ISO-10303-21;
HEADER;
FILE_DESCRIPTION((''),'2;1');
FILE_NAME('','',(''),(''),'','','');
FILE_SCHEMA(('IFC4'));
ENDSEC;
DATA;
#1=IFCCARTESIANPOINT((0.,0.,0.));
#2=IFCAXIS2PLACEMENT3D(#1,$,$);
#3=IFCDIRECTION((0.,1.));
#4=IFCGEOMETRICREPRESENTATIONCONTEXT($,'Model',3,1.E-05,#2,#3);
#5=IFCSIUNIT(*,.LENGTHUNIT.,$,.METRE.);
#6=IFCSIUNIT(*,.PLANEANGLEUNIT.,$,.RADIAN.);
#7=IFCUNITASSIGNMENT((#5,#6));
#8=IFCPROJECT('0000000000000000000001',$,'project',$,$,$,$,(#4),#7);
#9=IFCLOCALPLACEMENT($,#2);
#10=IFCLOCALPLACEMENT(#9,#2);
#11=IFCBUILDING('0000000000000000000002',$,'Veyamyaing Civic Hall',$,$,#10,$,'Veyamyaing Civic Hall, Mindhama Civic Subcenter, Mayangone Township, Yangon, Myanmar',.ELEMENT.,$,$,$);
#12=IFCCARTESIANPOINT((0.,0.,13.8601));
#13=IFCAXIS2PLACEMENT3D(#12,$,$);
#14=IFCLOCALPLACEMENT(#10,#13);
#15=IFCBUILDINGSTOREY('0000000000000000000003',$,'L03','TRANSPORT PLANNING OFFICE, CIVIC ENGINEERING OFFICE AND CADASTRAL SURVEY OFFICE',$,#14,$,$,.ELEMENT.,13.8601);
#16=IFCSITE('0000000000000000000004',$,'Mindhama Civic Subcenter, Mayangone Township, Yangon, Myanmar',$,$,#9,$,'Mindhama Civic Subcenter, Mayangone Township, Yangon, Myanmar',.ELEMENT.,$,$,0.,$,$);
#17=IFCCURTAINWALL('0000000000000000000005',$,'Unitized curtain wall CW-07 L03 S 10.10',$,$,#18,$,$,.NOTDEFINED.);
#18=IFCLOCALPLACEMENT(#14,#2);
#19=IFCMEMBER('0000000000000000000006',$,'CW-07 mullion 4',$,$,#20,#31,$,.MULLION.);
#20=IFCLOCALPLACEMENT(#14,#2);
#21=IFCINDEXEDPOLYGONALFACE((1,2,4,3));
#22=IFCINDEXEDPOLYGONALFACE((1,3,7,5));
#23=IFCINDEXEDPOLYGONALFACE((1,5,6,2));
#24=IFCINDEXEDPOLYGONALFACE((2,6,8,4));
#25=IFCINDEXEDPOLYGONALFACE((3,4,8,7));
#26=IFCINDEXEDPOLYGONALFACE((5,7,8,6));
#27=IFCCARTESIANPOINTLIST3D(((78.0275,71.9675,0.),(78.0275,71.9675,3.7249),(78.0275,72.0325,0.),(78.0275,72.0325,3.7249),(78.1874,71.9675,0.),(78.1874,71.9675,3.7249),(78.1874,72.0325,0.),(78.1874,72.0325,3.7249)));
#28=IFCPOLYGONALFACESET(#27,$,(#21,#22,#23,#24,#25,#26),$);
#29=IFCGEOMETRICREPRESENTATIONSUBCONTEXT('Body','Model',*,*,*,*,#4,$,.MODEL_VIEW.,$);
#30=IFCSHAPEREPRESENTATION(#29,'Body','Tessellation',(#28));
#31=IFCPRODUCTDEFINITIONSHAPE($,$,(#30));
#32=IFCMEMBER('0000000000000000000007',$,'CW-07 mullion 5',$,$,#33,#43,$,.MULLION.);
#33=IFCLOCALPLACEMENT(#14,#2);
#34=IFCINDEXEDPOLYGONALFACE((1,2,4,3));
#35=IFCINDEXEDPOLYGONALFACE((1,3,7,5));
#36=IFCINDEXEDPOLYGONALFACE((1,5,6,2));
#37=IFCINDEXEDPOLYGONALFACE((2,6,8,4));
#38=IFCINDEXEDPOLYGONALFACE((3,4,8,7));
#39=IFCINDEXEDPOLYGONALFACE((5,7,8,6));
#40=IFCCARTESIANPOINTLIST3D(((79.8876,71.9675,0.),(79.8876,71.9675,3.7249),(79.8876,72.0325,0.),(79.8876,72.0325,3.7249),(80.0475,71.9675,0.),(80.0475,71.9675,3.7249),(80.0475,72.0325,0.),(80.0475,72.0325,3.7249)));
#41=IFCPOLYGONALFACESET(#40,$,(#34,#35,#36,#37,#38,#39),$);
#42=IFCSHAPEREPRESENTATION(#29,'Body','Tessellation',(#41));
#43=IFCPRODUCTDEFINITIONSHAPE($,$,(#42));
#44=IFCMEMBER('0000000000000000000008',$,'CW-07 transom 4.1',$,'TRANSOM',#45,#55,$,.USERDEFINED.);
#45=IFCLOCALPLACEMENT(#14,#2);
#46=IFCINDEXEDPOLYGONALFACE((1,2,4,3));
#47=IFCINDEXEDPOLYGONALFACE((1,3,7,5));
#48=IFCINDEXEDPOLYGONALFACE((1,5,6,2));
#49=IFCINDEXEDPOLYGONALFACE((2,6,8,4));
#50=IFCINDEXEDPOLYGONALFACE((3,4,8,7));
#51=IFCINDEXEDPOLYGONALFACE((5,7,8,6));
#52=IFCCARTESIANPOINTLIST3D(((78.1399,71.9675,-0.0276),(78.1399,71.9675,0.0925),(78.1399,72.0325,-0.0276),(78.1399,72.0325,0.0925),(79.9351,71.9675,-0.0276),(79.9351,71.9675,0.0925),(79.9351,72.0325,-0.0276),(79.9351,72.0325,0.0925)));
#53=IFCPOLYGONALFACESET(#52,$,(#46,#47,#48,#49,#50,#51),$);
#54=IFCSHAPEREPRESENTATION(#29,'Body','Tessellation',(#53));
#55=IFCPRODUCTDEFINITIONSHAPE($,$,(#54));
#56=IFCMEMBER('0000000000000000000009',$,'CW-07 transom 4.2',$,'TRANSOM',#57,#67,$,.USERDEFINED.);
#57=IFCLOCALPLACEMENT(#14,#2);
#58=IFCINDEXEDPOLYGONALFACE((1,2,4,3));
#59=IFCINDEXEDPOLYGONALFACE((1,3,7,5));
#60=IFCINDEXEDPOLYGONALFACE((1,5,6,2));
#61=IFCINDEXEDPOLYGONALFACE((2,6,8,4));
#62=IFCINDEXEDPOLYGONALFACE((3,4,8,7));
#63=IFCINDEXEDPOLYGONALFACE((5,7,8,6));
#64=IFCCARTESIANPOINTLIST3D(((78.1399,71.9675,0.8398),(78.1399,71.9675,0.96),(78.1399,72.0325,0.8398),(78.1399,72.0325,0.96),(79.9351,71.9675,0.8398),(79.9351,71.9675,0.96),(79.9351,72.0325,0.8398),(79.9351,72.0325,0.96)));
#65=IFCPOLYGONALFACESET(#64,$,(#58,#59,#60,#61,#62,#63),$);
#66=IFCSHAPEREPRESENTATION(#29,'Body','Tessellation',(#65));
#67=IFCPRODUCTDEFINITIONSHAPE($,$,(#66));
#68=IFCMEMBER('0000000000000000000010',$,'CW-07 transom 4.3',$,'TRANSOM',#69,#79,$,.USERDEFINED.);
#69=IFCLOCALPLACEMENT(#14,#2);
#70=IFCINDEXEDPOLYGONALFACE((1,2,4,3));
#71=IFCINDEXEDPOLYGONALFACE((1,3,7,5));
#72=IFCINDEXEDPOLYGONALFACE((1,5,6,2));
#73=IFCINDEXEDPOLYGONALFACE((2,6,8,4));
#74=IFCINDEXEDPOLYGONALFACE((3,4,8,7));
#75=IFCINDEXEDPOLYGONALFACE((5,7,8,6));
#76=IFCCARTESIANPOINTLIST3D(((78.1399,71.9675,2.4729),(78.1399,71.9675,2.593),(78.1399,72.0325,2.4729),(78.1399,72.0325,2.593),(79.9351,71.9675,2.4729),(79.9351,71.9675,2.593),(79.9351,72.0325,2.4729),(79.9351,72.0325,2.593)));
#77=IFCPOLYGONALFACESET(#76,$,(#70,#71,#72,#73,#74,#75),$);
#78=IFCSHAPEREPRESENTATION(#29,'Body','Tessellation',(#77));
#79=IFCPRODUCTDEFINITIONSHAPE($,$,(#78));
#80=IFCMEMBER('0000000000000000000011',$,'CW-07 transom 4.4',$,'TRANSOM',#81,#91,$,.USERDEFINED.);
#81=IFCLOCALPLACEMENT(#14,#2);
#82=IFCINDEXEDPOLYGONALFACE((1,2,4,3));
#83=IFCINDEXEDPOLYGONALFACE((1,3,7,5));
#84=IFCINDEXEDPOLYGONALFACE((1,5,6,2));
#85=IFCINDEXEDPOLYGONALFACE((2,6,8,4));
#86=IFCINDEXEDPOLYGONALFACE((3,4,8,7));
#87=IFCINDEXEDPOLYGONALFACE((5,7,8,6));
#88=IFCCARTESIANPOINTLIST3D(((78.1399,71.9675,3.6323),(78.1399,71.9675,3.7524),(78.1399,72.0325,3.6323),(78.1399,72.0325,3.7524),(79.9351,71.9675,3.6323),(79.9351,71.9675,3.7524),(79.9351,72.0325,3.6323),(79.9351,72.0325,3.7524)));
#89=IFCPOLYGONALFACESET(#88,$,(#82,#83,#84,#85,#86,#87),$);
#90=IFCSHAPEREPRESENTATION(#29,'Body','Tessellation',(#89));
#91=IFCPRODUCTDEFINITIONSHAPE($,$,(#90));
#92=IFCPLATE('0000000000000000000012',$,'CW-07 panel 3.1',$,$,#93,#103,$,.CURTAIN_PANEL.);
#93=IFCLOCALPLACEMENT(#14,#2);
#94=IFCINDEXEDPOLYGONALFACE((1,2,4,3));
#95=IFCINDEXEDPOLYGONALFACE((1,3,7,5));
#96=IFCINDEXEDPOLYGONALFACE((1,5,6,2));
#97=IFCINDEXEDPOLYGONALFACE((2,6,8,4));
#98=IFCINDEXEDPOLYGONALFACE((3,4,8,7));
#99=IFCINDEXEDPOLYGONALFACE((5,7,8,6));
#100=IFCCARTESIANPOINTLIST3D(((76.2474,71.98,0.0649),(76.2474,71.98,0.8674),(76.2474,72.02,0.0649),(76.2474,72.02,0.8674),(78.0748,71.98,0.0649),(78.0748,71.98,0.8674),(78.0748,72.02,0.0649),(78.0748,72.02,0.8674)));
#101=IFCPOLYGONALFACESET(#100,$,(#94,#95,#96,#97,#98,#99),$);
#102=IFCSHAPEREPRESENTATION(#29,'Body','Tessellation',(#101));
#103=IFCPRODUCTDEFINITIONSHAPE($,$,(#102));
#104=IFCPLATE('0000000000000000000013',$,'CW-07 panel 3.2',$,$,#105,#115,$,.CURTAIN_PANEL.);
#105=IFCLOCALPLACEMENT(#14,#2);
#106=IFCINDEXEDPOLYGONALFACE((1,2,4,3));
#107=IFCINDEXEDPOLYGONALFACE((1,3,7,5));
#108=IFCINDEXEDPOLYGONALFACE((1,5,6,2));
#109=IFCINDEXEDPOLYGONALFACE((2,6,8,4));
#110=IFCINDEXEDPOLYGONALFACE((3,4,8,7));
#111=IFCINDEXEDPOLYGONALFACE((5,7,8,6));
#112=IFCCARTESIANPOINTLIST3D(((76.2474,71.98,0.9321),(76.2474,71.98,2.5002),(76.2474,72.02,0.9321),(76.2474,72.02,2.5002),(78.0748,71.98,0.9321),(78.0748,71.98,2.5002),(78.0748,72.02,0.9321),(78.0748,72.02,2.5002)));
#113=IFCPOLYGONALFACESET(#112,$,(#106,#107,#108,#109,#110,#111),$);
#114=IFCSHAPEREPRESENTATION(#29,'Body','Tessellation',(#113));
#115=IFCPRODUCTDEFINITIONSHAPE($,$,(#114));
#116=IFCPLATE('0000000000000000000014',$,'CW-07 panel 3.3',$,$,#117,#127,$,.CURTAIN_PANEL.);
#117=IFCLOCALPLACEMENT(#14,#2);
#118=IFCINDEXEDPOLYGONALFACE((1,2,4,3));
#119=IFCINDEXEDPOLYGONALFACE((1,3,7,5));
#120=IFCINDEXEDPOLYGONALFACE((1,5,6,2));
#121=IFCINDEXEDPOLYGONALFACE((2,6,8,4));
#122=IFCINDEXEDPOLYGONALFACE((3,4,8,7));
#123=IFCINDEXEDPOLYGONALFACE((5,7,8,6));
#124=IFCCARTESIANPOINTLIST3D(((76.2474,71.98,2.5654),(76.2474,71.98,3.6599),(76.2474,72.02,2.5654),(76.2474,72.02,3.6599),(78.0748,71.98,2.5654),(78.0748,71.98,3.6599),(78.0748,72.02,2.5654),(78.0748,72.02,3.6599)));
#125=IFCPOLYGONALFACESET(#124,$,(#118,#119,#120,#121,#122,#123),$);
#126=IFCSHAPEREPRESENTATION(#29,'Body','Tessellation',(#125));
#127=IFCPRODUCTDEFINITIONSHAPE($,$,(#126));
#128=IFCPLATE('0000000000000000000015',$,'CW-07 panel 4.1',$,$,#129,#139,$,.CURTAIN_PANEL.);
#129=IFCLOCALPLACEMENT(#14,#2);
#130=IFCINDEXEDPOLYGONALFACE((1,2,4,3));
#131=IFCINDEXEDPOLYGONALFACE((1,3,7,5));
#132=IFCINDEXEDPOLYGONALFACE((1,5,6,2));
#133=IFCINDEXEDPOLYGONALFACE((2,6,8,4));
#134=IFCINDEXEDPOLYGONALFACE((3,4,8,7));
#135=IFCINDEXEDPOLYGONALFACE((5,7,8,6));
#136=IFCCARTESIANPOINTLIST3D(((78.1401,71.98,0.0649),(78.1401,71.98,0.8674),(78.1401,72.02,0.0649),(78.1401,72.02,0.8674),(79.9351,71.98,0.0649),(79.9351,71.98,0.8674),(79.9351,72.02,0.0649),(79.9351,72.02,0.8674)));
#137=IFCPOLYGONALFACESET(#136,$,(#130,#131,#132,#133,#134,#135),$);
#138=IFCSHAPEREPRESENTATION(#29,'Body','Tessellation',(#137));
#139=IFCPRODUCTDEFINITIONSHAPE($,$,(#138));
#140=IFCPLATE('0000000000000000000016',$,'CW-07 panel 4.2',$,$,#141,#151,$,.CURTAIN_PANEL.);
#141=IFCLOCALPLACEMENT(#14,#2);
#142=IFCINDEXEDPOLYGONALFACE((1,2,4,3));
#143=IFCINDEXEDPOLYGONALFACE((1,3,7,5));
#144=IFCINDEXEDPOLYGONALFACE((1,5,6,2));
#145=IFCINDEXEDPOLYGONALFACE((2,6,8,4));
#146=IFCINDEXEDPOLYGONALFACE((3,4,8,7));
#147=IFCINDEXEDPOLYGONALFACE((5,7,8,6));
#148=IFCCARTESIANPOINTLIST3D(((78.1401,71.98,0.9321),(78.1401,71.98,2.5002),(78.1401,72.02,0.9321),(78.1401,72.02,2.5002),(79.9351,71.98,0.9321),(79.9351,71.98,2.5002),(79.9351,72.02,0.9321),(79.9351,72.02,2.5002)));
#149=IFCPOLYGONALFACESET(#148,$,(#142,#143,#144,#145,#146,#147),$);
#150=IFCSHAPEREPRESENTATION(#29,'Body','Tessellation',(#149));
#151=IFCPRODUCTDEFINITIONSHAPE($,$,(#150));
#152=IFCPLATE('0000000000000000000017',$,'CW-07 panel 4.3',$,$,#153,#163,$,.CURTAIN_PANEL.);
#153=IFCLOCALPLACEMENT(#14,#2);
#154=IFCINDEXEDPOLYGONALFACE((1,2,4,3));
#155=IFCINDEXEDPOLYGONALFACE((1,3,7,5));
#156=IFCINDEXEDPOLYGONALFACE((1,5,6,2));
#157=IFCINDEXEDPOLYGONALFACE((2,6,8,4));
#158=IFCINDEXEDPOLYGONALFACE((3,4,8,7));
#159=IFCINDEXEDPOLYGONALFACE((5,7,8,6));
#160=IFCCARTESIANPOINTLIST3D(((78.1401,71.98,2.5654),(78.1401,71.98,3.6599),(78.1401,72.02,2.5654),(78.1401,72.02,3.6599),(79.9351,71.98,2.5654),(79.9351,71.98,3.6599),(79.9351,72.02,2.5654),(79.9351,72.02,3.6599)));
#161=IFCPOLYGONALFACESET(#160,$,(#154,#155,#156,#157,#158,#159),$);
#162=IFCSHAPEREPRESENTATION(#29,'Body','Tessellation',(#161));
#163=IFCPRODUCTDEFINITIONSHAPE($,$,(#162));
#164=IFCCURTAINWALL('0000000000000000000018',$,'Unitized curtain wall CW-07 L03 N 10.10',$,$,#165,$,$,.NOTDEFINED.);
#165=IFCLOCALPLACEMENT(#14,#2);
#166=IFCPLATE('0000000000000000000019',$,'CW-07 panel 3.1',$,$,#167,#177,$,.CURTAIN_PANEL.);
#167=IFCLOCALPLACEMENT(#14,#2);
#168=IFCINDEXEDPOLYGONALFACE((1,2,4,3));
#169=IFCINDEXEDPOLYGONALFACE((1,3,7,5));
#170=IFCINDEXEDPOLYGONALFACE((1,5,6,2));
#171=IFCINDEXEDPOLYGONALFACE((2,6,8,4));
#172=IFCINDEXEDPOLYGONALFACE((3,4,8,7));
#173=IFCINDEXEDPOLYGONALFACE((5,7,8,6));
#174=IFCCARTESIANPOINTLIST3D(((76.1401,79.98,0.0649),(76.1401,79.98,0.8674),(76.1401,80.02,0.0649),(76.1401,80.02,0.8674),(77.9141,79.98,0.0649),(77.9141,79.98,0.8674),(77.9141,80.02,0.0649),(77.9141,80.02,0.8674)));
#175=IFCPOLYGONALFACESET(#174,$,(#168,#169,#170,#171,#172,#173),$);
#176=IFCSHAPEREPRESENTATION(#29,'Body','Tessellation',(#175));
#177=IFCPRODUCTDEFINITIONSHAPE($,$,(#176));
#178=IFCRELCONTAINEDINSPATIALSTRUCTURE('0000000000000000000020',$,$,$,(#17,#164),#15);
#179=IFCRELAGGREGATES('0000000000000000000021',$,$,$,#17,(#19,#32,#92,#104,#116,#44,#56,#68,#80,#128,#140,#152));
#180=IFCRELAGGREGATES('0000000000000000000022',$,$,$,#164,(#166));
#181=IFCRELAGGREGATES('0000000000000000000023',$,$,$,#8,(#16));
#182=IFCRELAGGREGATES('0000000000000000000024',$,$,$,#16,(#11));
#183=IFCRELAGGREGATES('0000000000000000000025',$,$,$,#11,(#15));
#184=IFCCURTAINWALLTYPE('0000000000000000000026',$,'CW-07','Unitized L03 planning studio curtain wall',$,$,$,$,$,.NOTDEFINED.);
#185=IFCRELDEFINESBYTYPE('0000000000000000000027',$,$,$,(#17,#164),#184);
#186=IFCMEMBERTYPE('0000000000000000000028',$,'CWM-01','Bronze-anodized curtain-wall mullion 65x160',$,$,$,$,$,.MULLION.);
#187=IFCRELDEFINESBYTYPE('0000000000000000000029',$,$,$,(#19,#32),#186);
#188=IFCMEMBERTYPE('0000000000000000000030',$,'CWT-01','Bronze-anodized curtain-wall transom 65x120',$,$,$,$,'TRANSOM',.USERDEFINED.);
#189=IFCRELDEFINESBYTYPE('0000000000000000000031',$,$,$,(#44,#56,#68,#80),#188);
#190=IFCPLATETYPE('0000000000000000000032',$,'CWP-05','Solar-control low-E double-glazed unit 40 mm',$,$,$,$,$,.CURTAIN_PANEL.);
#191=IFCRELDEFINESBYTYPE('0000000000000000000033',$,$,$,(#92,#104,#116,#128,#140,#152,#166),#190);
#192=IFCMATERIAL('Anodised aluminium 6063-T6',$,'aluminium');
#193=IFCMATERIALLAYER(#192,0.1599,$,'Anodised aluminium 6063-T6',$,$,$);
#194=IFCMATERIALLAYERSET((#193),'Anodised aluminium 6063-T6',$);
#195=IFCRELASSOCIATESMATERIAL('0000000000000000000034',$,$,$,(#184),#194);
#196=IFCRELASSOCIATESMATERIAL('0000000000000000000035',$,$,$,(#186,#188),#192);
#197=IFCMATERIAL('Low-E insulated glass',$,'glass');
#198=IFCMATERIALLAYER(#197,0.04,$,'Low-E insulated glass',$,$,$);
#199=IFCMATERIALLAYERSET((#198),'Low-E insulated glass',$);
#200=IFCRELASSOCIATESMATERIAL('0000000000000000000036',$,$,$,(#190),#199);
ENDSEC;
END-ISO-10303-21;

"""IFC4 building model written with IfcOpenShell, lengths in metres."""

from ifc_helpers import new_model, si_unit, direction, frame, origin, origin_2d, place, context, subcontext, project, spatial, rectangle, extrude, material, layer, layer_set, material_profile, profile_set, type_object, element, aggregate, save


model = new_model("IFC4")

# Units and contexts
model_context = context("Model", 3, precision=1e-05, world=origin(), true_north=direction((0.0, 1.0)))
body_context = subcontext(model_context, "Body", "Model", "MODEL_VIEW")
ifc_project = project(units=[si_unit("LENGTHUNIT", "METRE"), si_unit("PLANEANGLEUNIT", "RADIAN")], contexts=[model_context])

# Site, building, storey
site_placement = place(None, origin())
site = spatial("IfcSite", under=ifc_project, at=site_placement, Name="Mindhama Civic Subcenter, Mayangone Township, Yangon, Myanmar", LongName="Mindhama Civic Subcenter, Mayangone Township, Yangon, Myanmar", CompositionType="ELEMENT", RefElevation=0.0)
building_placement = place(site_placement, origin())
building = spatial("IfcBuilding", under=site, at=building_placement, Name="Veyamyaing Civic Hall", LongName="Veyamyaing Civic Hall, Mindhama Civic Subcenter, Mayangone Township, Yangon, Myanmar", CompositionType="ELEMENT")
storey_placement = place(building_placement, frame((0.0, 0.0, 13.8601)))
storey = spatial("IfcBuildingStorey", under=building, at=storey_placement, Name="L03", Description="TRANSPORT PLANNING OFFICE, CIVIC ENGINEERING OFFICE AND CADASTRAL SURVEY OFFICE", CompositionType="ELEMENT", Elevation=13.8601)

# Curtain wall, members, plates
ifc_material_1 = material(Name="Anodised aluminium 6063-T6", Category="aluminium")
ifc_layer_1 = layer(ifc_material_1, 0.1599, Name="Anodised aluminium 6063-T6")
ifc_layer_set_1 = layer_set([ifc_layer_1], Name="Anodised aluminium 6063-T6")
curtain_wall_type = type_object("IfcCurtainWallType", Name="CW-07", Description="Unitized L03 planning studio curtain wall", PredefinedType="NOTDEFINED", material=ifc_layer_set_1)
curtain_wall_1_placement = place(storey_placement, origin())
curtain_wall_1 = element("IfcCurtainWall", 1, at=curtain_wall_1_placement, inside=storey, type_object=curtain_wall_type, Name="Unitized curtain wall CW-07 L03 S 10.10", PredefinedType="NOTDEFINED")
ifc_material_profile_1 = material_profile(ifc_material_1, rectangle(XDim=0.0649, YDim=0.1599, at=origin_2d()), Name="ALU-MUL-65X160")
ifc_profile_set_1 = profile_set([ifc_material_profile_1], Name="Anodised aluminium 6063-T6")
member_type_1 = type_object("IfcMemberType", Name="CWM-01", Description="Bronze-anodized curtain-wall mullion 65x160", PredefinedType="MULLION", material=ifc_profile_set_1)
member_1_placement = place(storey_placement, frame((78.1074, 72.0, 0.0), z_axis=(0.0, 0.0, 1.0), x_axis=(0.0, 1.0, 0.0)))
member_1 = element("IfcMember", 2, at=member_1_placement, type_object=member_type_1, Name="CW-07 mullion 4", PredefinedType="MULLION", context=body_context, shape_type="SweptSolid", body=[
    extrude(rectangle(XDim=0.0649, YDim=0.1599, at=origin_2d()), origin(), (0.0, 0.0, 1.0), 3.7249),
])
member_2_placement = place(storey_placement, frame((79.9675, 72.0, 0.0), z_axis=(0.0, 0.0, 1.0), x_axis=(0.0, 1.0, 0.0)))
member_2 = element("IfcMember", 3, at=member_2_placement, type_object=member_type_1, Name="CW-07 mullion 5", PredefinedType="MULLION", context=body_context, shape_type="SweptSolid", body=[
    extrude(rectangle(XDim=0.0649, YDim=0.1599, at=origin_2d()), origin(), (0.0, 0.0, 1.0), 3.7249),
])
ifc_material_profile_2 = material_profile(ifc_material_1, rectangle(XDim=0.0649, YDim=0.1201, at=origin_2d()), Name="ALU-TRN-65X120")
ifc_profile_set_2 = profile_set([ifc_material_profile_2], Name="Anodised aluminium 6063-T6")
member_type_2 = type_object("IfcMemberType", Name="CWT-01", Description="Bronze-anodized curtain-wall transom 65x120", ElementType="TRANSOM", PredefinedType="USERDEFINED", material=ifc_profile_set_2)
member_3_placement = place(storey_placement, frame((78.1399, 72.0, 0.0325), z_axis=(1.0, 0.0, 0.0), x_axis=(0.0, 1.0, 0.0)))
member_3 = element("IfcMember", 4, at=member_3_placement, type_object=member_type_2, Name="CW-07 transom 4.1", ObjectType="TRANSOM", PredefinedType="USERDEFINED", context=body_context, shape_type="SweptSolid", body=[
    extrude(rectangle(XDim=0.0649, YDim=0.1201, at=origin_2d()), origin(), (0.0, 0.0, 1.0), 1.7952),
])
member_4_placement = place(storey_placement, frame((78.1399, 72.0, 0.8999), z_axis=(1.0, 0.0, 0.0), x_axis=(0.0, 1.0, 0.0)))
member_4 = element("IfcMember", 5, at=member_4_placement, type_object=member_type_2, Name="CW-07 transom 4.2", ObjectType="TRANSOM", PredefinedType="USERDEFINED", context=body_context, shape_type="SweptSolid", body=[
    extrude(rectangle(XDim=0.0649, YDim=0.1201, at=origin_2d()), origin(), (0.0, 0.0, 1.0), 1.7952),
])
member_5_placement = place(storey_placement, frame((78.1399, 72.0, 2.533), z_axis=(1.0, 0.0, 0.0), x_axis=(0.0, 1.0, 0.0)))
member_5 = element("IfcMember", 6, at=member_5_placement, type_object=member_type_2, Name="CW-07 transom 4.3", ObjectType="TRANSOM", PredefinedType="USERDEFINED", context=body_context, shape_type="SweptSolid", body=[
    extrude(rectangle(XDim=0.0649, YDim=0.1201, at=origin_2d()), origin(), (0.0, 0.0, 1.0), 1.7952),
])
member_6_placement = place(storey_placement, frame((78.1399, 72.0, 3.6924), z_axis=(1.0, 0.0, 0.0), x_axis=(0.0, 1.0, 0.0)))
member_6 = element("IfcMember", 7, at=member_6_placement, type_object=member_type_2, Name="CW-07 transom 4.4", ObjectType="TRANSOM", PredefinedType="USERDEFINED", context=body_context, shape_type="SweptSolid", body=[
    extrude(rectangle(XDim=0.0649, YDim=0.1201, at=origin_2d()), origin(), (0.0, 0.0, 1.0), 1.7952),
])
ifc_material_2 = material(Name="Low-E insulated glass", Category="glass")
ifc_layer_2 = layer(ifc_material_2, 0.04, Name="Low-E insulated glass")
ifc_layer_set_2 = layer_set([ifc_layer_2], Name="Low-E insulated glass")
plate_type = type_object("IfcPlateType", Name="CWP-05", Description="Solar-control low-E double-glazed unit 40 mm", PredefinedType="CURTAIN_PANEL", material=ifc_layer_set_2)
plate_1_placement = place(storey_placement, frame((77.1611, 72.0, 0.0649), z_axis=(0.0, 0.0, 1.0), x_axis=(1.0, 0.0, 0.0)))
plate_1 = element("IfcPlate", 8, at=plate_1_placement, type_object=plate_type, Name="CW-07 panel 3.1", PredefinedType="CURTAIN_PANEL", context=body_context, shape_type="SweptSolid", body=[
    extrude(rectangle(XDim=1.8274, YDim=0.04, at=origin_2d()), origin(), (0.0, 0.0, 1.0), 0.8025),
])
plate_2_placement = place(storey_placement, frame((77.1611, 72.0, 0.9321), z_axis=(0.0, 0.0, 1.0), x_axis=(1.0, 0.0, 0.0)))
plate_2 = element("IfcPlate", 9, at=plate_2_placement, type_object=plate_type, Name="CW-07 panel 3.2", PredefinedType="CURTAIN_PANEL", context=body_context, shape_type="SweptSolid", body=[
    extrude(rectangle(XDim=1.8274, YDim=0.04, at=origin_2d()), origin(), (0.0, 0.0, 1.0), 1.5681),
])
plate_3_placement = place(storey_placement, frame((77.1611, 72.0, 2.5654), z_axis=(0.0, 0.0, 1.0), x_axis=(1.0, 0.0, 0.0)))
plate_3 = element("IfcPlate", 10, at=plate_3_placement, type_object=plate_type, Name="CW-07 panel 3.3", PredefinedType="CURTAIN_PANEL", context=body_context, shape_type="SweptSolid", body=[
    extrude(rectangle(XDim=1.8274, YDim=0.04, at=origin_2d()), origin(), (0.0, 0.0, 1.0), 1.0945),
])
plate_4_placement = place(storey_placement, frame((79.0376, 72.0, 0.0649), z_axis=(0.0, 0.0, 1.0), x_axis=(1.0, 0.0, 0.0)))
plate_4 = element("IfcPlate", 11, at=plate_4_placement, type_object=plate_type, Name="CW-07 panel 4.1", PredefinedType="CURTAIN_PANEL", context=body_context, shape_type="SweptSolid", body=[
    extrude(rectangle(XDim=1.7949, YDim=0.04, at=origin_2d()), origin(), (0.0, 0.0, 1.0), 0.8025),
])
plate_5_placement = place(storey_placement, frame((79.0376, 72.0, 0.9321), z_axis=(0.0, 0.0, 1.0), x_axis=(1.0, 0.0, 0.0)))
plate_5 = element("IfcPlate", 12, at=plate_5_placement, type_object=plate_type, Name="CW-07 panel 4.2", PredefinedType="CURTAIN_PANEL", context=body_context, shape_type="SweptSolid", body=[
    extrude(rectangle(XDim=1.7949, YDim=0.04, at=origin_2d()), origin(), (0.0, 0.0, 1.0), 1.5681),
])
plate_6_placement = place(storey_placement, frame((79.0376, 72.0, 2.5654), z_axis=(0.0, 0.0, 1.0), x_axis=(1.0, 0.0, 0.0)))
plate_6 = element("IfcPlate", 13, at=plate_6_placement, type_object=plate_type, Name="CW-07 panel 4.3", PredefinedType="CURTAIN_PANEL", context=body_context, shape_type="SweptSolid", body=[
    extrude(rectangle(XDim=1.7949, YDim=0.04, at=origin_2d()), origin(), (0.0, 0.0, 1.0), 1.0945),
])
aggregate(curtain_wall_1, [member_1, member_2, plate_1, plate_2, plate_3, member_3, member_4, member_5, member_6, plate_4, plate_5, plate_6])

# Curtain wall, plate
curtain_wall_2_placement = place(storey_placement, origin())
curtain_wall_2 = element("IfcCurtainWall", 14, at=curtain_wall_2_placement, inside=storey, type_object=curtain_wall_type, Name="Unitized curtain wall CW-07 L03 N 10.10", PredefinedType="NOTDEFINED")
plate_7_placement = place(storey_placement, frame((77.0271, 80.0, 0.0649), z_axis=(0.0, 0.0, 1.0), x_axis=(1.0, 0.0, 0.0)))
plate_7 = element("IfcPlate", 15, at=plate_7_placement, type_object=plate_type, Name="CW-07 panel 3.1", PredefinedType="CURTAIN_PANEL", context=body_context, shape_type="SweptSolid", body=[
    extrude(rectangle(XDim=1.7739, YDim=0.04, at=origin_2d()), origin(), (0.0, 0.0, 1.0), 0.8025),
])
aggregate(curtain_wall_2, [plate_7])

save(model, "model.ifc")
